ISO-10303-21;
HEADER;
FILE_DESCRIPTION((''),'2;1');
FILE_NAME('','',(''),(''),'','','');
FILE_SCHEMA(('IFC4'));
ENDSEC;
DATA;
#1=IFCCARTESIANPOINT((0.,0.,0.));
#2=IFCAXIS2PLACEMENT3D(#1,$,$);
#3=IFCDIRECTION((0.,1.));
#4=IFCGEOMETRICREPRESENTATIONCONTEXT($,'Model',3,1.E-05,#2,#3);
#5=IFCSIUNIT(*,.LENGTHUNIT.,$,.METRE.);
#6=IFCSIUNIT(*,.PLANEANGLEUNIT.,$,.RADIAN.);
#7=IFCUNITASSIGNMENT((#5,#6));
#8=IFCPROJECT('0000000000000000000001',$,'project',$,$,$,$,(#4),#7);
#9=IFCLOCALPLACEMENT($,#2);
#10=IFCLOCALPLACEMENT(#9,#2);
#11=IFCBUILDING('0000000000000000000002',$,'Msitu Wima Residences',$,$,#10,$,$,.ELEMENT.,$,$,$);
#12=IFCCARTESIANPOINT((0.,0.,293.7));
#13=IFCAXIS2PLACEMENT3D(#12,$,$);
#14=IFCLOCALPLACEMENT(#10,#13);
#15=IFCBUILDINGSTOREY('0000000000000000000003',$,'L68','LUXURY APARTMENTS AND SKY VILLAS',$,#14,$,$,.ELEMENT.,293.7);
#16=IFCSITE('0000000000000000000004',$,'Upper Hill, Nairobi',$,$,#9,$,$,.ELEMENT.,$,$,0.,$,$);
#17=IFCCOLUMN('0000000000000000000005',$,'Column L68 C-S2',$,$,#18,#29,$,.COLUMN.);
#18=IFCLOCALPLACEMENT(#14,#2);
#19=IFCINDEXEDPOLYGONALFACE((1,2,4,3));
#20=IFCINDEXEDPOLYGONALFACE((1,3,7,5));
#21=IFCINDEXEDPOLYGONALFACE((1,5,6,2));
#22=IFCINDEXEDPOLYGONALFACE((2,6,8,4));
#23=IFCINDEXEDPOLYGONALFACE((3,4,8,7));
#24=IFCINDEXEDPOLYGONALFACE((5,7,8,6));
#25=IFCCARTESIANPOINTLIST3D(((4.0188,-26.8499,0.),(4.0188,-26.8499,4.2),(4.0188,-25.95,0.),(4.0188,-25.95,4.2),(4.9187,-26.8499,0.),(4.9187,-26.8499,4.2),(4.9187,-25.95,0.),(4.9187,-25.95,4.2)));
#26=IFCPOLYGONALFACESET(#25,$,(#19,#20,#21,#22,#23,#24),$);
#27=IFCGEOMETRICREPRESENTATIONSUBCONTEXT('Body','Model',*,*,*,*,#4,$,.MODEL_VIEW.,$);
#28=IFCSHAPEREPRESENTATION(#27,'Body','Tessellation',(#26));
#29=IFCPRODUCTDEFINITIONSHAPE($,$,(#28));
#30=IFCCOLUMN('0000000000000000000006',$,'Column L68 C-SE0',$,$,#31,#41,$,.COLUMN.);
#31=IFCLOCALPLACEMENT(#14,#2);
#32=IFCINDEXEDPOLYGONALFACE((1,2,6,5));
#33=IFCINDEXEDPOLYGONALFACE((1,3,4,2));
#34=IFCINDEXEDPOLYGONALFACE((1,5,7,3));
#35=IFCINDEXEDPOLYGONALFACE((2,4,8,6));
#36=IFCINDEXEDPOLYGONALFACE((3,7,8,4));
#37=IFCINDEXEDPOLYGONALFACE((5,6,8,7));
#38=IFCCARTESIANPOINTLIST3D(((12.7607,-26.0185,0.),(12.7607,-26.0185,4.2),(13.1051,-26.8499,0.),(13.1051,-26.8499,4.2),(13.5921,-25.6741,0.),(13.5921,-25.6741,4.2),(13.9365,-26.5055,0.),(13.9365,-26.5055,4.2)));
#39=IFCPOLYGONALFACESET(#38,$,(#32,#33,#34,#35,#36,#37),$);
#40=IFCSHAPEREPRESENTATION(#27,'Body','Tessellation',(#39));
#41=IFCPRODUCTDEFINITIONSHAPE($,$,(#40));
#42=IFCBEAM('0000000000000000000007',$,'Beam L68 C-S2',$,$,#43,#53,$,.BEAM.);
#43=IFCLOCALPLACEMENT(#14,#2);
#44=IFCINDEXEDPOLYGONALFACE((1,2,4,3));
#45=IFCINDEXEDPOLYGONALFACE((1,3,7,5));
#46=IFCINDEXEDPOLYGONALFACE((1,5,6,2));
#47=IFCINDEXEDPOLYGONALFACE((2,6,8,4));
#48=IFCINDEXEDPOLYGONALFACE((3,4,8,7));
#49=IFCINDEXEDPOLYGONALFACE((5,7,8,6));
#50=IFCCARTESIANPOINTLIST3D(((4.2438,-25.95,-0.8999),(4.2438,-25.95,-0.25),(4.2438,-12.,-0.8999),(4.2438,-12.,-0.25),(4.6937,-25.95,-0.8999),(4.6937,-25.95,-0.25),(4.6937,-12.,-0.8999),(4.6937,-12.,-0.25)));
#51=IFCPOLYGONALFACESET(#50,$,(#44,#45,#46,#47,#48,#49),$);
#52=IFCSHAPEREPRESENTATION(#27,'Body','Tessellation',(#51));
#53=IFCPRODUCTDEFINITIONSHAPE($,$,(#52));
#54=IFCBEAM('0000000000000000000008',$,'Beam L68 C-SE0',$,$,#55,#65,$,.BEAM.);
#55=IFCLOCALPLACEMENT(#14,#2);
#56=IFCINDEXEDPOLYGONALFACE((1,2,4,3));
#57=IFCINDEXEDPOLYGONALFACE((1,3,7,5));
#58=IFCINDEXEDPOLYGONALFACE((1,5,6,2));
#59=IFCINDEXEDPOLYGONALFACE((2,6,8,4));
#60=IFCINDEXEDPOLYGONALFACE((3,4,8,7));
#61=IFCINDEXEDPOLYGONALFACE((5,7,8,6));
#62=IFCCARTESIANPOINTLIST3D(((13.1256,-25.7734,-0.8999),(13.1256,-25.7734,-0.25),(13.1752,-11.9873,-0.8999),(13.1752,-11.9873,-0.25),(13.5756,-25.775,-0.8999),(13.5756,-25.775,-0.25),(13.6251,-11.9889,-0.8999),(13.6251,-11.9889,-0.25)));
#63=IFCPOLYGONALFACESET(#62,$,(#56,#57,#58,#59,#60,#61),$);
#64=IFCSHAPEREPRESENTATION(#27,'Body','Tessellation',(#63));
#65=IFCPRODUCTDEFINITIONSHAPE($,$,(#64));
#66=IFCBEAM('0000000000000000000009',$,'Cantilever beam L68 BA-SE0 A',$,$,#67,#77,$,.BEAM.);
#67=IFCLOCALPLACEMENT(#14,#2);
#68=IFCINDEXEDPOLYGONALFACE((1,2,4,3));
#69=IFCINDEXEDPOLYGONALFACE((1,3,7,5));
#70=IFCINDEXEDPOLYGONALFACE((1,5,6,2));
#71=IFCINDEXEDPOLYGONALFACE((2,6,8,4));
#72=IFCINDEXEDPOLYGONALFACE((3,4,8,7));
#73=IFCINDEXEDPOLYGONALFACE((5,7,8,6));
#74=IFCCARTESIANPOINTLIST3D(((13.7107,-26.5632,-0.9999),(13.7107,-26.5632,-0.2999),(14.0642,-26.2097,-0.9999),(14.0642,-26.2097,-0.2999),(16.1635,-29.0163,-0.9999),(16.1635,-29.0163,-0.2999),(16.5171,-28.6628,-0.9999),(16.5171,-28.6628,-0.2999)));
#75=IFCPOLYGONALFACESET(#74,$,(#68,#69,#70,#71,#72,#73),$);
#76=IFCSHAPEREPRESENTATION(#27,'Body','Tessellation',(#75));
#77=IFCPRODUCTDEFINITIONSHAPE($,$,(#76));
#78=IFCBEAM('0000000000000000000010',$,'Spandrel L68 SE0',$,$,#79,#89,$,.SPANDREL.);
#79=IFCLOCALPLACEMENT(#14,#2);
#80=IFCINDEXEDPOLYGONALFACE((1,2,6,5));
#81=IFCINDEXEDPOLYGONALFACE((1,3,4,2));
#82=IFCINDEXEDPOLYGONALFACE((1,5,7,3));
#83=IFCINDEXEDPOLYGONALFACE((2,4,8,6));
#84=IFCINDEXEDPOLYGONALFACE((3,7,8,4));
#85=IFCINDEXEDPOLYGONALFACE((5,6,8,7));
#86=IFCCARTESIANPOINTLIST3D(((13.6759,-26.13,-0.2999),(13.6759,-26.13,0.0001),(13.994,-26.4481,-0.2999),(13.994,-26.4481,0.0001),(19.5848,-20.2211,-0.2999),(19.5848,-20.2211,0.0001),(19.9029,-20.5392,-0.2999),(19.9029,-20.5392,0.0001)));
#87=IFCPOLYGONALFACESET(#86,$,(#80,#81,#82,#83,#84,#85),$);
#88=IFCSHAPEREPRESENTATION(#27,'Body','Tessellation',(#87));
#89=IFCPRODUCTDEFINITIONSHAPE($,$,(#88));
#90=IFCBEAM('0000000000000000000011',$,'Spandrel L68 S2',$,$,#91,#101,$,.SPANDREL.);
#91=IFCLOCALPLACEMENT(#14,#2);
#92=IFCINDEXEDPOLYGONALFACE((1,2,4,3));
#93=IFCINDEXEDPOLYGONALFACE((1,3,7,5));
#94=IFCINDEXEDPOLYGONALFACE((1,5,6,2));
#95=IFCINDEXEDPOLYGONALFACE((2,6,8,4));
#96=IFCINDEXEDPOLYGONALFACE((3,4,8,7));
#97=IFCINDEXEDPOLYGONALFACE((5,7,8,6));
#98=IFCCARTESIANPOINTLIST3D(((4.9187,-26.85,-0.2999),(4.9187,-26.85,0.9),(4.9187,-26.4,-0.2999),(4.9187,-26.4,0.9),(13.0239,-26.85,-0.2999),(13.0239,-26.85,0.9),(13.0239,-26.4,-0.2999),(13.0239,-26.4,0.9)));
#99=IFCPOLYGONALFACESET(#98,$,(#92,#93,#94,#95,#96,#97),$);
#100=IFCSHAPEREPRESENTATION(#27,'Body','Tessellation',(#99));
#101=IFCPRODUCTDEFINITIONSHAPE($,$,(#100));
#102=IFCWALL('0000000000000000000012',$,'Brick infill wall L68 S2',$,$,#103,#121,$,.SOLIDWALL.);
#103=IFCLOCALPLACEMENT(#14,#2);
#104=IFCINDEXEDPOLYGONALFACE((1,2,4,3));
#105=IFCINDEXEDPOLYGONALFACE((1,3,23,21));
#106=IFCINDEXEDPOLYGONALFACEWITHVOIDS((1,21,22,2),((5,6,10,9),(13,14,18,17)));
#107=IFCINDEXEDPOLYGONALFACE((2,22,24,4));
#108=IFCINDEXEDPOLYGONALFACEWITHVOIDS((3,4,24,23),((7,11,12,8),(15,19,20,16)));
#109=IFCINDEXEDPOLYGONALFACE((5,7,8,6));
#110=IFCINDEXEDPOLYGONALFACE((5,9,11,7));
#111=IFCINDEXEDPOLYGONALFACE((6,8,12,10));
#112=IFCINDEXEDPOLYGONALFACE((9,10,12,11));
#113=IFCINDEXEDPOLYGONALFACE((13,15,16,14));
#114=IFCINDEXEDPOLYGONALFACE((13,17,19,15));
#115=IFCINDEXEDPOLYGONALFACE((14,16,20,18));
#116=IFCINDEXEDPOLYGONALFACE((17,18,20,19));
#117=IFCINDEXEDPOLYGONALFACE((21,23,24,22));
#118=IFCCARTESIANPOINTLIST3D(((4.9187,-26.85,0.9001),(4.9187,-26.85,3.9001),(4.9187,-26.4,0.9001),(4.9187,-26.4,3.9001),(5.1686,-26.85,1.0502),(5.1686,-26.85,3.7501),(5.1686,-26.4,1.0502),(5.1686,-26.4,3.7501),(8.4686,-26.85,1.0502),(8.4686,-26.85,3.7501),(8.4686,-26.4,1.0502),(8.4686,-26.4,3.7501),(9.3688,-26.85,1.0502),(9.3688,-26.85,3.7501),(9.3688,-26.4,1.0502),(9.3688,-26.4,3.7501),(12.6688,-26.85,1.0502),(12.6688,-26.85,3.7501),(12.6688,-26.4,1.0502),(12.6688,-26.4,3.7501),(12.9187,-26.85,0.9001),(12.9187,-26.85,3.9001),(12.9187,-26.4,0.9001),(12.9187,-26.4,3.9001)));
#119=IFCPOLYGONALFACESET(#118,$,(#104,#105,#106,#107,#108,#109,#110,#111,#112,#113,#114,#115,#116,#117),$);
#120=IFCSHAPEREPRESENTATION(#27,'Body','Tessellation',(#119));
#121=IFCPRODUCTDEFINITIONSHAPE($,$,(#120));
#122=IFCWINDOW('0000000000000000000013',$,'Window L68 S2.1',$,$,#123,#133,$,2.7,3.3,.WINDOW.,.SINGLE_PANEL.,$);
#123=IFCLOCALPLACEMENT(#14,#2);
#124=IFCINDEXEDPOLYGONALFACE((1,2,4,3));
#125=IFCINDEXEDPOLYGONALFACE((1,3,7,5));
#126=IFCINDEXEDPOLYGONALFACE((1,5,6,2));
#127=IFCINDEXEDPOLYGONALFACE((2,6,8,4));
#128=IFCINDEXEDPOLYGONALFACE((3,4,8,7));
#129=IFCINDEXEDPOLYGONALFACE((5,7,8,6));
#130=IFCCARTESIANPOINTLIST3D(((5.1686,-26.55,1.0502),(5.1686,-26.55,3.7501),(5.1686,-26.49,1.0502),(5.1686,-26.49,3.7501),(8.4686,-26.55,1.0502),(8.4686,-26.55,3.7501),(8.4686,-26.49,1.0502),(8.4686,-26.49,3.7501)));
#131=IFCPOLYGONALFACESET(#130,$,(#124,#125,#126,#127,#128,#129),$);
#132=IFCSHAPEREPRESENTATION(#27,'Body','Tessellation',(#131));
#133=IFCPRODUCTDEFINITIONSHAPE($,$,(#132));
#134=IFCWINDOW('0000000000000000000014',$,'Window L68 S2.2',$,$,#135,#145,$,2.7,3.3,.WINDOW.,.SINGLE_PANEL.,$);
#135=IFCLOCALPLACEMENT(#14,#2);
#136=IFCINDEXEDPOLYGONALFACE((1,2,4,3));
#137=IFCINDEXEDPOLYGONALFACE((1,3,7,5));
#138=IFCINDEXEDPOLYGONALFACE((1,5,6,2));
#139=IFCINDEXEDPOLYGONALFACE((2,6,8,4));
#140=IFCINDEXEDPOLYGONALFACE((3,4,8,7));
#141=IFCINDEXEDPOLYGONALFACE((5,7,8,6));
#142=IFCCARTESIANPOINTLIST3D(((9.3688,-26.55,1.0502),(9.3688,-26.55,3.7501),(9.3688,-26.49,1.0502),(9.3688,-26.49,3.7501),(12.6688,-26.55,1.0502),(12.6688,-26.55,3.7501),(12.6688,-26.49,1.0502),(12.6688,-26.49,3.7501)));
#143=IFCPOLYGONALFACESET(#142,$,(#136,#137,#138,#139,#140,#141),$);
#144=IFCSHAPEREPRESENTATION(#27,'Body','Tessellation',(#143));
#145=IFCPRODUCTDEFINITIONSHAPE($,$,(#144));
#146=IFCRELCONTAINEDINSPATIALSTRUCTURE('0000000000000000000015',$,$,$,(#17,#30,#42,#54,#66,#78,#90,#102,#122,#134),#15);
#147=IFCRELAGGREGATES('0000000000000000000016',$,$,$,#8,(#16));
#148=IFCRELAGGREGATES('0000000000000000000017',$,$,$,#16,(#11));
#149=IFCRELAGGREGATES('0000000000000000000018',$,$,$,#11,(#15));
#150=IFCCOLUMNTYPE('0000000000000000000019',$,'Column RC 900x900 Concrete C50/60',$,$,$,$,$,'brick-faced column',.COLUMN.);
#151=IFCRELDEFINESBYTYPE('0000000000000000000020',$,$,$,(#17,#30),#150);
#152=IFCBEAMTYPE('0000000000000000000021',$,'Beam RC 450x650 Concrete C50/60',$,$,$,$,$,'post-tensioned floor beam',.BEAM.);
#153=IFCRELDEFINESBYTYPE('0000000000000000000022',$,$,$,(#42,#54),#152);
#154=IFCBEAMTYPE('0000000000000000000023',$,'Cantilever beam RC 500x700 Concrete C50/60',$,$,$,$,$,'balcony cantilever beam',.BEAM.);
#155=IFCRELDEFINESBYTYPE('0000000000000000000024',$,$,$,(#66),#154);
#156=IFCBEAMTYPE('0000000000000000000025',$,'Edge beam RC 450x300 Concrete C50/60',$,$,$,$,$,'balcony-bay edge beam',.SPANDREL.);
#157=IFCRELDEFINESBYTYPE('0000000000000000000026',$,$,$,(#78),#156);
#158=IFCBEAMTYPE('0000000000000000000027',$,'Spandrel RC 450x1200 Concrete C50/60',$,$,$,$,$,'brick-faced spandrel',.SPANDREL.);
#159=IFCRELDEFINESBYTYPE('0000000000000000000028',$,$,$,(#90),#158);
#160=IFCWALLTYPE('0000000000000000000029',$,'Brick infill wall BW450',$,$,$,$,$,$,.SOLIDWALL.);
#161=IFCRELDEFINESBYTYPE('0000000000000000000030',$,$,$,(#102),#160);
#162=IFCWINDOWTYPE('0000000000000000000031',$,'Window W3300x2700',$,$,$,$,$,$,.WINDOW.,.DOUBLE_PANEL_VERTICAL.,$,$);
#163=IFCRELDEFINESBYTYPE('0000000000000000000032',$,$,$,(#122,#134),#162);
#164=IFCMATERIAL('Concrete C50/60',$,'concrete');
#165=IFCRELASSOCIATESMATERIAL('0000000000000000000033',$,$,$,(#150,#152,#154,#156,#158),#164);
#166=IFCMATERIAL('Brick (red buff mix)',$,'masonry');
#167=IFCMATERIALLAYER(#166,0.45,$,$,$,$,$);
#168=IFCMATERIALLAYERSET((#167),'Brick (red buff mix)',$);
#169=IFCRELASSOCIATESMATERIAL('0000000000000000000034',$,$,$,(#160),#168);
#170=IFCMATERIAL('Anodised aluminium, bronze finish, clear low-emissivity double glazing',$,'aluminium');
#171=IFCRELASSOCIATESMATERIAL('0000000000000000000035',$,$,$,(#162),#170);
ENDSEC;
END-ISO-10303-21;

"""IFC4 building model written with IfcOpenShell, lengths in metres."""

from ifc_helpers import new_model, si_unit, direction, frame, frame_2d, origin, origin_2d, place, context, subcontext, project, spatial, rectangle, extrude, material, layer, layer_set, material_profile, profile_set, type_object, element, fill, save


model = new_model("IFC4")

# Units and contexts
model_context = context("Model", 3, precision=1e-05, world=origin(), true_north=direction((0.0, 1.0)))
body_context = subcontext(model_context, "Body", "Model", "MODEL_VIEW")
ifc_project = project(units=[si_unit("LENGTHUNIT", "METRE"), si_unit("PLANEANGLEUNIT", "RADIAN")], contexts=[model_context])

# Site, building, storey
site_placement = place(None, origin())
site = spatial("IfcSite", under=ifc_project, at=site_placement, Name="Upper Hill, Nairobi", CompositionType="ELEMENT", RefElevation=0.0)
building_placement = place(site_placement, origin())
building = spatial("IfcBuilding", under=site, at=building_placement, Name="Msitu Wima Residences", CompositionType="ELEMENT")
storey_placement = place(building_placement, frame((0.0, 0.0, 293.7)))
storey = spatial("IfcBuildingStorey", under=building, at=storey_placement, Name="L68", Description="LUXURY APARTMENTS AND SKY VILLAS", CompositionType="ELEMENT", Elevation=293.7)

# Columns
ifc_material_1 = material(Name="Concrete C50/60", Category="concrete")
ifc_material_profile_1 = material_profile(ifc_material_1, rectangle(XDim=0.8999, YDim=0.8999, at=origin_2d()), Name="RC 900x900")
ifc_profile_set_1 = profile_set([ifc_material_profile_1], Name="Concrete C50/60")
column_type = type_object("IfcColumnType", Name="Column RC 900x900 Concrete C50/60", ElementType="brick-faced column", PredefinedType="COLUMN", material=ifc_profile_set_1)
for number, where, z_axis, x_axis, name in (
    (1, (4.4688, -26.3999, 0.0), (0.0, 0.0, 1.0), (1.0, 0.0, 0.0), "Column L68 C-S2"),
    (2, (13.3486, -26.262, 0.0), (0.0, 0.0, 1.0), (0.92388, 0.382683, 0.0), "Column L68 C-SE0"),
):
    element("IfcColumn", number, at=place(storey_placement, frame(where, z_axis=z_axis, x_axis=x_axis)), inside=storey, type_object=column_type, Name=name, PredefinedType="COLUMN", context=body_context, shape_type="SweptSolid", body=[
        extrude(rectangle(XDim=0.8999, YDim=0.8999, at=origin_2d()), origin(), (0.0, 0.0, 1.0), 4.2),
    ])

# Beams
ifc_material_profile_2 = material_profile(ifc_material_1, rectangle(XDim=0.45, YDim=0.6499, at=origin_2d()), Name="RC 450x650")
ifc_profile_set_2 = profile_set([ifc_material_profile_2], Name="Concrete C50/60")
beam_type_1 = type_object("IfcBeamType", Name="Beam RC 450x650 Concrete C50/60", ElementType="post-tensioned floor beam", PredefinedType="BEAM", material=ifc_profile_set_2)
beam_1_placement = place(storey_placement, frame((4.4688, -25.95, -0.575), z_axis=(0.0, 1.0, 0.0), x_axis=(-1.0, 0.0, 0.0)))
element("IfcBeam", 3, at=beam_1_placement, inside=storey, type_object=beam_type_1, Name="Beam L68 C-S2", PredefinedType="BEAM", context=body_context, shape_type="SweptSolid", body=[
    extrude(rectangle(XDim=0.45, YDim=0.6499, at=origin_2d()), origin(), (0.0, 0.0, 1.0), 13.95),
])
beam_2_placement = place(storey_placement, frame((13.3506, -25.7742, -0.575), z_axis=(0.003595, 0.999994, 0.0), x_axis=(-0.999994, 0.003595, 0.0)))
element("IfcBeam", 4, at=beam_2_placement, inside=storey, type_object=beam_type_1, Name="Beam L68 C-SE0", PredefinedType="BEAM", context=body_context, shape_type="SweptSolid", body=[
    extrude(rectangle(XDim=0.45, YDim=0.6499, at=origin_2d()), origin(), (0.0, 0.0, 1.0), 13.7861),
])
ifc_material_profile_3 = material_profile(ifc_material_1, rectangle(XDim=0.5, YDim=0.7, at=origin_2d()), Name="RC 500x700")
ifc_profile_set_3 = profile_set([ifc_material_profile_3], Name="Concrete C50/60")
beam_type_2 = type_object("IfcBeamType", Name="Cantilever beam RC 500x700 Concrete C50/60", ElementType="balcony cantilever beam", PredefinedType="BEAM", material=ifc_profile_set_3)
beam_3_placement = place(storey_placement, frame((13.8875, -26.3865, -0.6499), z_axis=(0.707072, -0.707142, 0.0), x_axis=(0.707142, 0.707072, 0.0)))
element("IfcBeam", 5, at=beam_3_placement, inside=storey, type_object=beam_type_2, Name="Cantilever beam L68 BA-SE0 A", PredefinedType="BEAM", context=body_context, shape_type="SweptSolid", body=[
    extrude(rectangle(XDim=0.5, YDim=0.7, at=origin_2d()), origin(), (0.0, 0.0, 1.0), 3.469),
])
ifc_material_profile_4 = material_profile(ifc_material_1, rectangle(XDim=0.45, YDim=0.3, at=origin_2d()), Name="RC 450x300")
ifc_profile_set_4 = profile_set([ifc_material_profile_4], Name="Concrete C50/60")
beam_type_3 = type_object("IfcBeamType", Name="Edge beam RC 450x300 Concrete C50/60", ElementType="balcony-bay edge beam", PredefinedType="SPANDREL", material=ifc_profile_set_4)
beam_4_placement = place(storey_placement, frame((13.835, -26.2891, -0.1499), z_axis=(0.707107, 0.707107, 0.0), x_axis=(-0.707107, 0.707107, 0.0)))
element("IfcBeam", 6, at=beam_4_placement, inside=storey, type_object=beam_type_3, Name="Spandrel L68 SE0", PredefinedType="SPANDREL", context=body_context, shape_type="SweptSolid", body=[
    extrude(rectangle(XDim=0.45, YDim=0.3, at=origin_2d()), origin(), (0.0, 0.0, 1.0), 8.3564),
])
ifc_material_profile_5 = material_profile(ifc_material_1, rectangle(XDim=0.45, YDim=1.2, at=origin_2d()), Name="RC 450x1200")
ifc_profile_set_5 = profile_set([ifc_material_profile_5], Name="Concrete C50/60")
beam_type_4 = type_object("IfcBeamType", Name="Spandrel RC 450x1200 Concrete C50/60", ElementType="brick-faced spandrel", PredefinedType="SPANDREL", material=ifc_profile_set_5)
beam_5_placement = place(storey_placement, frame((4.9187, -26.625, 0.3), z_axis=(1.0, 0.0, 0.0), x_axis=(0.0, 1.0, 0.0)))
element("IfcBeam", 7, at=beam_5_placement, inside=storey, type_object=beam_type_4, Name="Spandrel L68 S2", PredefinedType="SPANDREL", context=body_context, shape_type="SweptSolid", body=[
    extrude(rectangle(XDim=0.45, YDim=1.2, at=origin_2d()), origin(), (0.0, 0.0, 1.0), 8.1052),
])

# Wall, openings, windows
ifc_material_2 = material(Name="Brick (red buff mix)", Category="masonry")
ifc_layer_1 = layer(ifc_material_2, 0.45)
ifc_layer_set_1 = layer_set([ifc_layer_1], Name="Brick (red buff mix)")
wall_type_1 = type_object("IfcWallType", Name="Brick infill wall BW450", PredefinedType="SOLIDWALL", material=ifc_layer_set_1)
wall_1_placement = place(storey_placement, frame((4.9187, -26.625, 0.9001), z_axis=(0.0, 0.0, 1.0), x_axis=(1.0, 0.0, 0.0)))
wall_1 = element("IfcWall", 8, at=wall_1_placement, inside=storey, type_object=wall_type_1, Name="Brick infill wall L68 S2", PredefinedType="SOLIDWALL", context=body_context, shape_type="SweptSolid", body=[
    extrude(rectangle(XDim=8.0, YDim=0.45, at=frame_2d((4.0, 0.0))), origin(), (0.0, 0.0, 1.0), 3.0),
])
opening_1_placement = place(wall_1_placement, frame((0.25, 0.0, 0.1499)))
opening_1 = element("IfcOpeningElement", 9, at=opening_1_placement, cuts=wall_1, PredefinedType="OPENING", context=body_context, shape_type="SweptSolid", body=[
    extrude(rectangle(XDim=3.3, YDim=2.7, at=frame_2d((1.6499, 1.3501))), frame((0.0, 0.2349, 0.0), z_axis=(0.0, -1.0, 0.0), x_axis=(1.0, 0.0, 0.0)), (0.0, 0.0, 1.0), 0.47),
])
opening_2_placement = place(wall_1_placement, frame((4.4502, 0.0, 0.1499)))
opening_2 = element("IfcOpeningElement", 10, at=opening_2_placement, cuts=wall_1, PredefinedType="OPENING", context=body_context, shape_type="SweptSolid", body=[
    extrude(rectangle(XDim=3.3, YDim=2.7, at=frame_2d((1.6499, 1.3501))), frame((0.0, 0.2349, 0.0), z_axis=(0.0, -1.0, 0.0), x_axis=(1.0, 0.0, 0.0)), (0.0, 0.0, 1.0), 0.47),
])
ifc_material_3 = material(Name="Anodised aluminium, bronze finish, clear low-emissivity double glazing", Category="aluminium")
window_type = type_object("IfcWindowType", Name="Window W3300x2700", PartitioningType="DOUBLE_PANEL_VERTICAL", PredefinedType="WINDOW", material=ifc_material_3)
window_1_placement = place(opening_1_placement, origin())
window_1 = element("IfcWindow", 11, at=window_1_placement, inside=storey, type_object=window_type, Name="Window L68 S2.1", OverallHeight=2.7, OverallWidth=3.3, PartitioningType="SINGLE_PANEL", PredefinedType="WINDOW", context=body_context, shape_type="SweptSolid", body=[
    extrude(rectangle(XDim=3.3, YDim=2.7, at=frame_2d((1.6499, 1.3501))), frame((0.0, 0.135, 0.0), z_axis=(0.0, -1.0, 0.0), x_axis=(1.0, 0.0, 0.0)), (0.0, 0.0, 1.0), 0.0601),
])
fill(opening_1, window_1)
window_2_placement = place(opening_2_placement, origin())
window_2 = element("IfcWindow", 12, at=window_2_placement, inside=storey, type_object=window_type, Name="Window L68 S2.2", OverallHeight=2.7, OverallWidth=3.3, PartitioningType="SINGLE_PANEL", PredefinedType="WINDOW", context=body_context, shape_type="SweptSolid", body=[
    extrude(rectangle(XDim=3.3, YDim=2.7, at=frame_2d((1.6499, 1.3501))), frame((0.0, 0.135, 0.0), z_axis=(0.0, -1.0, 0.0), x_axis=(1.0, 0.0, 0.0)), (0.0, 0.0, 1.0), 0.0601),
])
fill(opening_2, window_2)

save(model, "model.ifc")
